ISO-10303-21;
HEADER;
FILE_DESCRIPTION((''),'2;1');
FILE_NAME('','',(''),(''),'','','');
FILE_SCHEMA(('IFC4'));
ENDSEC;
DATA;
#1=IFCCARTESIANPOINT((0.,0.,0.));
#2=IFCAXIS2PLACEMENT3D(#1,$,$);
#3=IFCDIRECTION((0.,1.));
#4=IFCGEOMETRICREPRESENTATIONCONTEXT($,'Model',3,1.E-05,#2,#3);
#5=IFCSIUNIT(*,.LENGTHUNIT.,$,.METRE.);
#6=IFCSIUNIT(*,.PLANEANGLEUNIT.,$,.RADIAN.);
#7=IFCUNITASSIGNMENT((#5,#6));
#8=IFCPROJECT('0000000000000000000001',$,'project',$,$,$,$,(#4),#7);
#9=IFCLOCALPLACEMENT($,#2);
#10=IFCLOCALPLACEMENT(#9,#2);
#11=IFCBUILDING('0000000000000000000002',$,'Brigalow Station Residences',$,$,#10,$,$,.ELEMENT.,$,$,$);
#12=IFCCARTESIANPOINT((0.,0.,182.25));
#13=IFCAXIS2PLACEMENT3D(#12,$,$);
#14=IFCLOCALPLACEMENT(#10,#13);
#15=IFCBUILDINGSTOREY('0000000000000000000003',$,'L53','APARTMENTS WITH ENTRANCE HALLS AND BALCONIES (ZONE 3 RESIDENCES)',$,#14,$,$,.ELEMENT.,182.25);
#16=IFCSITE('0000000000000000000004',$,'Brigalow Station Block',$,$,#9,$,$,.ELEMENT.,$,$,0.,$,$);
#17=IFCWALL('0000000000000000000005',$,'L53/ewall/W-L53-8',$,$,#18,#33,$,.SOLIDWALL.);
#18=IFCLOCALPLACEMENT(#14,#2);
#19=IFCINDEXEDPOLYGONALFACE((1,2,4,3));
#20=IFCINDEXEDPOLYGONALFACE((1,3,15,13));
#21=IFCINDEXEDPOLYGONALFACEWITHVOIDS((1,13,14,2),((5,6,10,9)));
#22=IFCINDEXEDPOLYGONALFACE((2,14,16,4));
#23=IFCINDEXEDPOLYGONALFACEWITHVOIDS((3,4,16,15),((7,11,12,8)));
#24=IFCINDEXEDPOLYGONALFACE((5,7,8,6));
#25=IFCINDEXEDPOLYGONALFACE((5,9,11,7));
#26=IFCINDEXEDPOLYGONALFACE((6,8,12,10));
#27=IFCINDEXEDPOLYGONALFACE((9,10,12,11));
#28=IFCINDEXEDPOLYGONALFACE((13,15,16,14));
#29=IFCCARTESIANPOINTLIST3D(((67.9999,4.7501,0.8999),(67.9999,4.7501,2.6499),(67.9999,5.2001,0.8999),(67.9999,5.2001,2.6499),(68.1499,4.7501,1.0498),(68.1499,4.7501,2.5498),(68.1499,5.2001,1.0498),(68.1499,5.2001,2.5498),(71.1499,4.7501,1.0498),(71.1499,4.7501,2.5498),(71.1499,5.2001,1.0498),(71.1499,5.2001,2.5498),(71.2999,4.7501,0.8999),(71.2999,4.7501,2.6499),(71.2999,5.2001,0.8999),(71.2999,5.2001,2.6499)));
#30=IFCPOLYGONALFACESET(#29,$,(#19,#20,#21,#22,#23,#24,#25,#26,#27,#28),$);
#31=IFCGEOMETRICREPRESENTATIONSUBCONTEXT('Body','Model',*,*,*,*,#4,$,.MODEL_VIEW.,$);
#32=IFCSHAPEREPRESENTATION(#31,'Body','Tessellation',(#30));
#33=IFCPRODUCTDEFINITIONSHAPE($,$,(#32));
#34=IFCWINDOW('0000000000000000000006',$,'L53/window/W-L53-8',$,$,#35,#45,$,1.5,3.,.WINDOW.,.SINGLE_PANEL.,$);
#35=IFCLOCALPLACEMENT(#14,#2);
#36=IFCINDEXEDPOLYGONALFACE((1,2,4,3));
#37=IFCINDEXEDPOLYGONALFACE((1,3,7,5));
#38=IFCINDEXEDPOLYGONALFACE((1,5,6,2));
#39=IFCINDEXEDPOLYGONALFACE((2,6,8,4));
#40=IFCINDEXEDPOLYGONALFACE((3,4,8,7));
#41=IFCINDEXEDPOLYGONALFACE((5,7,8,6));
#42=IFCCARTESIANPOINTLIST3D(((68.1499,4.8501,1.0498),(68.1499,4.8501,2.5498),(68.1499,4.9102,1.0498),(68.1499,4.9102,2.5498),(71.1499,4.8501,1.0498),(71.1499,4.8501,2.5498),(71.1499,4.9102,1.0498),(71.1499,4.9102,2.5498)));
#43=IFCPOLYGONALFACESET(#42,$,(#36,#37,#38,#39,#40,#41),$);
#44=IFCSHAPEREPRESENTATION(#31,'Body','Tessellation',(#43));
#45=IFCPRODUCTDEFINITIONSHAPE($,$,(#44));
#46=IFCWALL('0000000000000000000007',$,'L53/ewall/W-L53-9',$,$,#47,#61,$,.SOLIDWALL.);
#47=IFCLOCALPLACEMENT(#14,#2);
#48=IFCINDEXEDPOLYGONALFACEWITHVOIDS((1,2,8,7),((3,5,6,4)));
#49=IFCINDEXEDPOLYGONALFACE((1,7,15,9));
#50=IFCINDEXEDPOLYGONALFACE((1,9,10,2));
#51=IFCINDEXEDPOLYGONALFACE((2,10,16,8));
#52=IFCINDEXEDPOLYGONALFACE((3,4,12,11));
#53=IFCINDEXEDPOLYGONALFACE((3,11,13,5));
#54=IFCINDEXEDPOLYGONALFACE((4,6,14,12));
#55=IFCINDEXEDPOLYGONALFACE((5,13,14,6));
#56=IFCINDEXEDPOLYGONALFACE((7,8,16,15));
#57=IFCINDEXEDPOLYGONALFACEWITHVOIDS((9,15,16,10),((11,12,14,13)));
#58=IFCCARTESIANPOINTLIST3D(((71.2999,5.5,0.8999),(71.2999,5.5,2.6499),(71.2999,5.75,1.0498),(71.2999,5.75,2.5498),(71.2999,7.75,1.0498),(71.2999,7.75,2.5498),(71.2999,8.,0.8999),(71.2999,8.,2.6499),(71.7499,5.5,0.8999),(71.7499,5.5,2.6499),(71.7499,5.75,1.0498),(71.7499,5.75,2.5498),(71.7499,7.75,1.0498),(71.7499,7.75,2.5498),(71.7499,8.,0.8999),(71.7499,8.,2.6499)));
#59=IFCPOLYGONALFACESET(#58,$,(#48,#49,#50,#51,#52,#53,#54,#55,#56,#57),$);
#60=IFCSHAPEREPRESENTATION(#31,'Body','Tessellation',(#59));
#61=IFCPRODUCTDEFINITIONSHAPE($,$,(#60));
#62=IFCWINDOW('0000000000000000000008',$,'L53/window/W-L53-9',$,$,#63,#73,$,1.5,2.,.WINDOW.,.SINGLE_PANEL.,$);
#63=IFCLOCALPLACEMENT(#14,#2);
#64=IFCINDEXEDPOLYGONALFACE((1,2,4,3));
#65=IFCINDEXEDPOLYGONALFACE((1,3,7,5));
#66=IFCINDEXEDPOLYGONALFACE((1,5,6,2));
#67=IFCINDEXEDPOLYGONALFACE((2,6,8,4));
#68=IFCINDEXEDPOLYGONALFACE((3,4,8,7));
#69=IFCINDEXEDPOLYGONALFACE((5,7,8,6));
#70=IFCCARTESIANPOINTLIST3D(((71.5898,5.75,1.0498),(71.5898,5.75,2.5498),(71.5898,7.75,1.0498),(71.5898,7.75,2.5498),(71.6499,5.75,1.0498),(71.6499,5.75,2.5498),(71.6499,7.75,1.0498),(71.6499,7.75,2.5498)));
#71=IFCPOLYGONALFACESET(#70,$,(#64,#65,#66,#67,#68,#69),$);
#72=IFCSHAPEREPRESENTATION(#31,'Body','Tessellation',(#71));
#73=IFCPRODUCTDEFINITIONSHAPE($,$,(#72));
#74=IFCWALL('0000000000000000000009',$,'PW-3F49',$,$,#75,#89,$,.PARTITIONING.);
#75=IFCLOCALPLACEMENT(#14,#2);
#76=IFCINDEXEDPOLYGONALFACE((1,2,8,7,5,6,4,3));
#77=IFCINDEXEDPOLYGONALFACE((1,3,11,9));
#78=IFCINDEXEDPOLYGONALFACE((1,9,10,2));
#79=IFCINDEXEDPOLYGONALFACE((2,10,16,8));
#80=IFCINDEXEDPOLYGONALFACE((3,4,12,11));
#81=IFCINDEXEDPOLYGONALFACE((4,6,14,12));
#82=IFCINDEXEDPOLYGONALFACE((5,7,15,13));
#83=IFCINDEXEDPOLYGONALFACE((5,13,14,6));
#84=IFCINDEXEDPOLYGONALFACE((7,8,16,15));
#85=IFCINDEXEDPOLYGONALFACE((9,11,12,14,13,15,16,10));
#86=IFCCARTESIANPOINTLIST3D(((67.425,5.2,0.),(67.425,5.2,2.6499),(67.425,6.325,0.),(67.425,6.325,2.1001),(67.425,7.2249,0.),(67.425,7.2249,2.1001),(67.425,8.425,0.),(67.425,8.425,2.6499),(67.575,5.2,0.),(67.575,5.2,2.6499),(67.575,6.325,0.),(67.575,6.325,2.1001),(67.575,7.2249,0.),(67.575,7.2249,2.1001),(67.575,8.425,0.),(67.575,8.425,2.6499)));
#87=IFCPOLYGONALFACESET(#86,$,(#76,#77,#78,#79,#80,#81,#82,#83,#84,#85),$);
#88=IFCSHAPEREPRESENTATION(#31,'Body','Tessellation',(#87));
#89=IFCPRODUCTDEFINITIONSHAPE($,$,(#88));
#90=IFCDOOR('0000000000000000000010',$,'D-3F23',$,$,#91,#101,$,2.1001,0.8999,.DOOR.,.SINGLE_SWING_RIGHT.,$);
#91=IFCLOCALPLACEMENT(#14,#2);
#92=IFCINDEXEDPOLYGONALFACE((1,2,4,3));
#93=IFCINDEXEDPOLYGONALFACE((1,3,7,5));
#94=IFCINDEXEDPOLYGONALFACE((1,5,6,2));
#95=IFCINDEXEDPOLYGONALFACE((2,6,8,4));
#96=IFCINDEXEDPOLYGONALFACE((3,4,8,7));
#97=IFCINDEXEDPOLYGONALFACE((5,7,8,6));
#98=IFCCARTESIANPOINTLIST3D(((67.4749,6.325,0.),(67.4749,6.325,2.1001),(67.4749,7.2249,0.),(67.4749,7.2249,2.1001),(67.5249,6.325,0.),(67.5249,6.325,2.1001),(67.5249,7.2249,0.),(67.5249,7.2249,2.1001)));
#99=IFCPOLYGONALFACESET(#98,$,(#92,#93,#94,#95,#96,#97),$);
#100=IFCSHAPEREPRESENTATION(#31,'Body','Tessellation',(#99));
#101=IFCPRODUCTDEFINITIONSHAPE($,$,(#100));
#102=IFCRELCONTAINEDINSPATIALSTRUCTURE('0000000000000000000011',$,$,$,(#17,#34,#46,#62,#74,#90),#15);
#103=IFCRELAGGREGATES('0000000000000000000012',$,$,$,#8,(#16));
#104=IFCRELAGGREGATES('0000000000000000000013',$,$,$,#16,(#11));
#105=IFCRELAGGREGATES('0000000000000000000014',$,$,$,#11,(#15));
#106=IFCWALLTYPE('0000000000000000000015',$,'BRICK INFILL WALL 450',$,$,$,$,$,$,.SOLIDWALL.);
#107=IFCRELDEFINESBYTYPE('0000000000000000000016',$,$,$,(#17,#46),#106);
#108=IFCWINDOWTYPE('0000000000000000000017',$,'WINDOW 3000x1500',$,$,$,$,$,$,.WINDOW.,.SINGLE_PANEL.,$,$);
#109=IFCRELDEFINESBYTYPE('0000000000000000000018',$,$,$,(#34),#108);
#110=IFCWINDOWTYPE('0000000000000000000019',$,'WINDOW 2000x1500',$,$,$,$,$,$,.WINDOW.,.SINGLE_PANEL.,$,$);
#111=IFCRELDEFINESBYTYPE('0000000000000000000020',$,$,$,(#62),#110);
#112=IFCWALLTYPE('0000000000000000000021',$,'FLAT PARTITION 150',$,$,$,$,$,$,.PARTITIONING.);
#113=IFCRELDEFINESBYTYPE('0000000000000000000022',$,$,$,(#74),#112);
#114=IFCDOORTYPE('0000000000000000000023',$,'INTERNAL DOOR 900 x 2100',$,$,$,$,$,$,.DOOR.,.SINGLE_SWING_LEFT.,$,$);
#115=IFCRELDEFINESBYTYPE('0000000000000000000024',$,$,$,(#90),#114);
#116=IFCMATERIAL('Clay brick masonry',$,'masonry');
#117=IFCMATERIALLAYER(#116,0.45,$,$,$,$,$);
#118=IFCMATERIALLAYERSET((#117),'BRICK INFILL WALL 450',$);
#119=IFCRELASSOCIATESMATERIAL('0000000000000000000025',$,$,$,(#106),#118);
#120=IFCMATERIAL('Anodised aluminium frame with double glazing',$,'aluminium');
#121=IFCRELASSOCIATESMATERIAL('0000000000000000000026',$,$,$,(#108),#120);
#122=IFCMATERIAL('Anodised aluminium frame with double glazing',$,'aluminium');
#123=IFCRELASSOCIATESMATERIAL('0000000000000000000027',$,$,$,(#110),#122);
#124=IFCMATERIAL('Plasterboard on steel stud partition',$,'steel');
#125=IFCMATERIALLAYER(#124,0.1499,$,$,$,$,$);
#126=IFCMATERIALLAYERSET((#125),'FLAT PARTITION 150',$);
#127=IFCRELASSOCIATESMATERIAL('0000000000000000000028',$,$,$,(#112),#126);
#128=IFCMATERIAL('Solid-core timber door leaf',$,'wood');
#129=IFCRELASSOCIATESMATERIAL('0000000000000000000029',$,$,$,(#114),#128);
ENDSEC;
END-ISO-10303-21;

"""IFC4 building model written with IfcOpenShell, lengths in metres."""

from ifc_helpers import new_model, si_unit, direction, frame, frame_2d, origin, place, context, subcontext, project, spatial, rectangle, extrude, material, layer, layer_set, type_object, element, fill, save


model = new_model("IFC4")

# Units and contexts
model_context = context("Model", 3, precision=1e-05, world=origin(), true_north=direction((0.0, 1.0)))
body_context = subcontext(model_context, "Body", "Model", "MODEL_VIEW")
ifc_project = project(units=[si_unit("LENGTHUNIT", "METRE"), si_unit("PLANEANGLEUNIT", "RADIAN")], contexts=[model_context])

# Site, building, storey
site_placement = place(None, origin())
site = spatial("IfcSite", under=ifc_project, at=site_placement, Name="Brigalow Station Block", CompositionType="ELEMENT", RefElevation=0.0)
building_placement = place(site_placement, origin())
building = spatial("IfcBuilding", under=site, at=building_placement, Name="Brigalow Station Residences", CompositionType="ELEMENT")
storey_placement = place(building_placement, frame((0.0, 0.0, 182.25)))
storey = spatial("IfcBuildingStorey", under=building, at=storey_placement, Name="L53", Description="APARTMENTS WITH ENTRANCE HALLS AND BALCONIES (ZONE 3 RESIDENCES)", CompositionType="ELEMENT", Elevation=182.25)

# Walls, openings, windows
ifc_material_1 = material(Name="Clay brick masonry", Category="masonry")
ifc_layer_1 = layer(ifc_material_1, 0.45)
ifc_layer_set_1 = layer_set([ifc_layer_1], Name="BRICK INFILL WALL 450")
wall_type_1 = type_object("IfcWallType", Name="BRICK INFILL WALL 450", PredefinedType="SOLIDWALL", material=ifc_layer_set_1)
wall_1_placement = place(storey_placement, frame((68.0, 4.9751, 0.8999), z_axis=(0.0, 0.0, 1.0), x_axis=(1.0, 0.0, 0.0)))
wall_1 = element("IfcWall", 1, at=wall_1_placement, inside=storey, type_object=wall_type_1, Name="L53/ewall/W-L53-8", PredefinedType="SOLIDWALL", context=body_context, shape_type="SweptSolid", body=[
    extrude(rectangle(XDim=3.3, YDim=0.45, at=frame_2d((1.6499, 0.0))), origin(), (0.0, 0.0, 1.0), 1.75),
])
opening_1_placement = place(wall_1_placement, frame((0.1499, 0.0, 0.1499)))
opening_1 = element("IfcOpeningElement", 2, at=opening_1_placement, cuts=wall_1, PredefinedType="OPENING", context=body_context, shape_type="SweptSolid", body=[
    extrude(rectangle(XDim=3.0, YDim=1.5, at=frame_2d((1.5, 0.75))), frame((0.0, 0.2349, 0.0), z_axis=(0.0, -1.0, 0.0), x_axis=(1.0, 0.0, 0.0)), (0.0, 0.0, 1.0), 0.47),
])
ifc_material_2 = material(Name="Anodised aluminium frame with double glazing", Category="aluminium")
window_type_1 = type_object("IfcWindowType", Name="WINDOW 3000x1500", PartitioningType="SINGLE_PANEL", PredefinedType="WINDOW", material=ifc_material_2)
window_1_placement = place(opening_1_placement, origin())
window_1 = element("IfcWindow", 3, at=window_1_placement, inside=storey, type_object=window_type_1, Name="L53/window/W-L53-8", OverallHeight=1.5, OverallWidth=3.0, PartitioningType="SINGLE_PANEL", PredefinedType="WINDOW", context=body_context, shape_type="SweptSolid", body=[
    extrude(rectangle(XDim=3.0, YDim=1.5, at=frame_2d((1.5, 0.75))), frame((0.0, -0.0649, 0.0), z_axis=(0.0, -1.0, 0.0), x_axis=(1.0, 0.0, 0.0)), (0.0, 0.0, 1.0), 0.0601),
])
fill(opening_1, window_1)
wall_2_placement = place(storey_placement, frame((71.5249, 5.5, 0.8999), z_axis=(0.0, 0.0, 1.0), x_axis=(0.0, 1.0, 0.0)))
wall_2 = element("IfcWall", 4, at=wall_2_placement, inside=storey, type_object=wall_type_1, Name="L53/ewall/W-L53-9", PredefinedType="SOLIDWALL", context=body_context, shape_type="SweptSolid", body=[
    extrude(rectangle(XDim=2.5, YDim=0.45, at=frame_2d((1.25, 0.0))), origin(), (0.0, 0.0, 1.0), 1.75),
])
opening_2_placement = place(wall_2_placement, frame((0.25, 0.0, 0.1499)))
opening_2 = element("IfcOpeningElement", 5, at=opening_2_placement, cuts=wall_2, PredefinedType="OPENING", context=body_context, shape_type="SweptSolid", body=[
    extrude(rectangle(XDim=2.0, YDim=1.5, at=frame_2d((1.0, 0.75))), frame((0.0, 0.2349, 0.0), z_axis=(0.0, -1.0, 0.0), x_axis=(1.0, 0.0, 0.0)), (0.0, 0.0, 1.0), 0.47),
])
ifc_material_3 = material(Name="Anodised aluminium frame with double glazing", Category="aluminium")
window_type_2 = type_object("IfcWindowType", Name="WINDOW 2000x1500", PartitioningType="SINGLE_PANEL", PredefinedType="WINDOW", material=ifc_material_3)
window_2_placement = place(opening_2_placement, origin())
window_2 = element("IfcWindow", 6, at=window_2_placement, inside=storey, type_object=window_type_2, Name="L53/window/W-L53-9", OverallHeight=1.5, OverallWidth=2.0, PartitioningType="SINGLE_PANEL", PredefinedType="WINDOW", context=body_context, shape_type="SweptSolid", body=[
    extrude(rectangle(XDim=2.0, YDim=1.5, at=frame_2d((1.0, 0.75))), frame((0.0, -0.0649, 0.0), z_axis=(0.0, -1.0, 0.0), x_axis=(1.0, 0.0, 0.0)), (0.0, 0.0, 1.0), 0.0601),
])
fill(opening_2, window_2)

# Wall, opening, door
ifc_material_4 = material(Name="Plasterboard on steel stud partition", Category="steel")
ifc_layer_2 = layer(ifc_material_4, 0.1499)
ifc_layer_set_2 = layer_set([ifc_layer_2], Name="FLAT PARTITION 150")
wall_type_2 = type_object("IfcWallType", Name="FLAT PARTITION 150", PredefinedType="PARTITIONING", material=ifc_layer_set_2)
wall_3_placement = place(storey_placement, frame((67.5, 5.2, 0.0), z_axis=(0.0, 0.0, 1.0), x_axis=(0.0, 1.0, 0.0)))
wall_3 = element("IfcWall", 7, at=wall_3_placement, inside=storey, type_object=wall_type_2, Name="PW-3F49", PredefinedType="PARTITIONING", context=body_context, shape_type="SweptSolid", body=[
    extrude(rectangle(XDim=3.2251, YDim=0.1499, at=frame_2d((1.6125, 0.0))), origin(), (0.0, 0.0, 1.0), 2.6499),
])
opening_3_placement = place(wall_3_placement, frame((1.125, 0.0, 0.0)))
opening_3 = element("IfcOpeningElement", 8, at=opening_3_placement, cuts=wall_3, PredefinedType="OPENING", context=body_context, shape_type="SweptSolid", body=[
    extrude(rectangle(XDim=0.8999, YDim=2.1001, at=frame_2d((0.45, 1.05))), frame((0.0, 0.085, 0.0), z_axis=(0.0, -1.0, 0.0), x_axis=(1.0, 0.0, 0.0)), (0.0, 0.0, 1.0), 0.1699),
])
ifc_material_5 = material(Name="Solid-core timber door leaf", Category="wood")
door_type = type_object("IfcDoorType", Name="INTERNAL DOOR 900 x 2100", OperationType="SINGLE_SWING_LEFT", PredefinedType="DOOR", material=ifc_material_5)
door_placement = place(opening_3_placement, frame((0.8999, 0.0, 0.0), z_axis=(0.0, 0.0, 1.0), x_axis=(-1.0, 0.0, 0.0)))
door = element("IfcDoor", 9, at=door_placement, inside=storey, type_object=door_type, Name="D-3F23", OperationType="SINGLE_SWING_RIGHT", OverallHeight=2.1001, OverallWidth=0.8999, PredefinedType="DOOR", context=body_context, shape_type="SweptSolid", body=[
    extrude(rectangle(XDim=0.8999, YDim=2.1001, at=frame_2d((0.45, 1.05))), frame((0.0, 0.0249, 0.0), z_axis=(0.0, -1.0, 0.0), x_axis=(1.0, 0.0, 0.0)), (0.0, 0.0, 1.0), 0.05),
])
fill(opening_3, door)

save(model, "model.ifc")
